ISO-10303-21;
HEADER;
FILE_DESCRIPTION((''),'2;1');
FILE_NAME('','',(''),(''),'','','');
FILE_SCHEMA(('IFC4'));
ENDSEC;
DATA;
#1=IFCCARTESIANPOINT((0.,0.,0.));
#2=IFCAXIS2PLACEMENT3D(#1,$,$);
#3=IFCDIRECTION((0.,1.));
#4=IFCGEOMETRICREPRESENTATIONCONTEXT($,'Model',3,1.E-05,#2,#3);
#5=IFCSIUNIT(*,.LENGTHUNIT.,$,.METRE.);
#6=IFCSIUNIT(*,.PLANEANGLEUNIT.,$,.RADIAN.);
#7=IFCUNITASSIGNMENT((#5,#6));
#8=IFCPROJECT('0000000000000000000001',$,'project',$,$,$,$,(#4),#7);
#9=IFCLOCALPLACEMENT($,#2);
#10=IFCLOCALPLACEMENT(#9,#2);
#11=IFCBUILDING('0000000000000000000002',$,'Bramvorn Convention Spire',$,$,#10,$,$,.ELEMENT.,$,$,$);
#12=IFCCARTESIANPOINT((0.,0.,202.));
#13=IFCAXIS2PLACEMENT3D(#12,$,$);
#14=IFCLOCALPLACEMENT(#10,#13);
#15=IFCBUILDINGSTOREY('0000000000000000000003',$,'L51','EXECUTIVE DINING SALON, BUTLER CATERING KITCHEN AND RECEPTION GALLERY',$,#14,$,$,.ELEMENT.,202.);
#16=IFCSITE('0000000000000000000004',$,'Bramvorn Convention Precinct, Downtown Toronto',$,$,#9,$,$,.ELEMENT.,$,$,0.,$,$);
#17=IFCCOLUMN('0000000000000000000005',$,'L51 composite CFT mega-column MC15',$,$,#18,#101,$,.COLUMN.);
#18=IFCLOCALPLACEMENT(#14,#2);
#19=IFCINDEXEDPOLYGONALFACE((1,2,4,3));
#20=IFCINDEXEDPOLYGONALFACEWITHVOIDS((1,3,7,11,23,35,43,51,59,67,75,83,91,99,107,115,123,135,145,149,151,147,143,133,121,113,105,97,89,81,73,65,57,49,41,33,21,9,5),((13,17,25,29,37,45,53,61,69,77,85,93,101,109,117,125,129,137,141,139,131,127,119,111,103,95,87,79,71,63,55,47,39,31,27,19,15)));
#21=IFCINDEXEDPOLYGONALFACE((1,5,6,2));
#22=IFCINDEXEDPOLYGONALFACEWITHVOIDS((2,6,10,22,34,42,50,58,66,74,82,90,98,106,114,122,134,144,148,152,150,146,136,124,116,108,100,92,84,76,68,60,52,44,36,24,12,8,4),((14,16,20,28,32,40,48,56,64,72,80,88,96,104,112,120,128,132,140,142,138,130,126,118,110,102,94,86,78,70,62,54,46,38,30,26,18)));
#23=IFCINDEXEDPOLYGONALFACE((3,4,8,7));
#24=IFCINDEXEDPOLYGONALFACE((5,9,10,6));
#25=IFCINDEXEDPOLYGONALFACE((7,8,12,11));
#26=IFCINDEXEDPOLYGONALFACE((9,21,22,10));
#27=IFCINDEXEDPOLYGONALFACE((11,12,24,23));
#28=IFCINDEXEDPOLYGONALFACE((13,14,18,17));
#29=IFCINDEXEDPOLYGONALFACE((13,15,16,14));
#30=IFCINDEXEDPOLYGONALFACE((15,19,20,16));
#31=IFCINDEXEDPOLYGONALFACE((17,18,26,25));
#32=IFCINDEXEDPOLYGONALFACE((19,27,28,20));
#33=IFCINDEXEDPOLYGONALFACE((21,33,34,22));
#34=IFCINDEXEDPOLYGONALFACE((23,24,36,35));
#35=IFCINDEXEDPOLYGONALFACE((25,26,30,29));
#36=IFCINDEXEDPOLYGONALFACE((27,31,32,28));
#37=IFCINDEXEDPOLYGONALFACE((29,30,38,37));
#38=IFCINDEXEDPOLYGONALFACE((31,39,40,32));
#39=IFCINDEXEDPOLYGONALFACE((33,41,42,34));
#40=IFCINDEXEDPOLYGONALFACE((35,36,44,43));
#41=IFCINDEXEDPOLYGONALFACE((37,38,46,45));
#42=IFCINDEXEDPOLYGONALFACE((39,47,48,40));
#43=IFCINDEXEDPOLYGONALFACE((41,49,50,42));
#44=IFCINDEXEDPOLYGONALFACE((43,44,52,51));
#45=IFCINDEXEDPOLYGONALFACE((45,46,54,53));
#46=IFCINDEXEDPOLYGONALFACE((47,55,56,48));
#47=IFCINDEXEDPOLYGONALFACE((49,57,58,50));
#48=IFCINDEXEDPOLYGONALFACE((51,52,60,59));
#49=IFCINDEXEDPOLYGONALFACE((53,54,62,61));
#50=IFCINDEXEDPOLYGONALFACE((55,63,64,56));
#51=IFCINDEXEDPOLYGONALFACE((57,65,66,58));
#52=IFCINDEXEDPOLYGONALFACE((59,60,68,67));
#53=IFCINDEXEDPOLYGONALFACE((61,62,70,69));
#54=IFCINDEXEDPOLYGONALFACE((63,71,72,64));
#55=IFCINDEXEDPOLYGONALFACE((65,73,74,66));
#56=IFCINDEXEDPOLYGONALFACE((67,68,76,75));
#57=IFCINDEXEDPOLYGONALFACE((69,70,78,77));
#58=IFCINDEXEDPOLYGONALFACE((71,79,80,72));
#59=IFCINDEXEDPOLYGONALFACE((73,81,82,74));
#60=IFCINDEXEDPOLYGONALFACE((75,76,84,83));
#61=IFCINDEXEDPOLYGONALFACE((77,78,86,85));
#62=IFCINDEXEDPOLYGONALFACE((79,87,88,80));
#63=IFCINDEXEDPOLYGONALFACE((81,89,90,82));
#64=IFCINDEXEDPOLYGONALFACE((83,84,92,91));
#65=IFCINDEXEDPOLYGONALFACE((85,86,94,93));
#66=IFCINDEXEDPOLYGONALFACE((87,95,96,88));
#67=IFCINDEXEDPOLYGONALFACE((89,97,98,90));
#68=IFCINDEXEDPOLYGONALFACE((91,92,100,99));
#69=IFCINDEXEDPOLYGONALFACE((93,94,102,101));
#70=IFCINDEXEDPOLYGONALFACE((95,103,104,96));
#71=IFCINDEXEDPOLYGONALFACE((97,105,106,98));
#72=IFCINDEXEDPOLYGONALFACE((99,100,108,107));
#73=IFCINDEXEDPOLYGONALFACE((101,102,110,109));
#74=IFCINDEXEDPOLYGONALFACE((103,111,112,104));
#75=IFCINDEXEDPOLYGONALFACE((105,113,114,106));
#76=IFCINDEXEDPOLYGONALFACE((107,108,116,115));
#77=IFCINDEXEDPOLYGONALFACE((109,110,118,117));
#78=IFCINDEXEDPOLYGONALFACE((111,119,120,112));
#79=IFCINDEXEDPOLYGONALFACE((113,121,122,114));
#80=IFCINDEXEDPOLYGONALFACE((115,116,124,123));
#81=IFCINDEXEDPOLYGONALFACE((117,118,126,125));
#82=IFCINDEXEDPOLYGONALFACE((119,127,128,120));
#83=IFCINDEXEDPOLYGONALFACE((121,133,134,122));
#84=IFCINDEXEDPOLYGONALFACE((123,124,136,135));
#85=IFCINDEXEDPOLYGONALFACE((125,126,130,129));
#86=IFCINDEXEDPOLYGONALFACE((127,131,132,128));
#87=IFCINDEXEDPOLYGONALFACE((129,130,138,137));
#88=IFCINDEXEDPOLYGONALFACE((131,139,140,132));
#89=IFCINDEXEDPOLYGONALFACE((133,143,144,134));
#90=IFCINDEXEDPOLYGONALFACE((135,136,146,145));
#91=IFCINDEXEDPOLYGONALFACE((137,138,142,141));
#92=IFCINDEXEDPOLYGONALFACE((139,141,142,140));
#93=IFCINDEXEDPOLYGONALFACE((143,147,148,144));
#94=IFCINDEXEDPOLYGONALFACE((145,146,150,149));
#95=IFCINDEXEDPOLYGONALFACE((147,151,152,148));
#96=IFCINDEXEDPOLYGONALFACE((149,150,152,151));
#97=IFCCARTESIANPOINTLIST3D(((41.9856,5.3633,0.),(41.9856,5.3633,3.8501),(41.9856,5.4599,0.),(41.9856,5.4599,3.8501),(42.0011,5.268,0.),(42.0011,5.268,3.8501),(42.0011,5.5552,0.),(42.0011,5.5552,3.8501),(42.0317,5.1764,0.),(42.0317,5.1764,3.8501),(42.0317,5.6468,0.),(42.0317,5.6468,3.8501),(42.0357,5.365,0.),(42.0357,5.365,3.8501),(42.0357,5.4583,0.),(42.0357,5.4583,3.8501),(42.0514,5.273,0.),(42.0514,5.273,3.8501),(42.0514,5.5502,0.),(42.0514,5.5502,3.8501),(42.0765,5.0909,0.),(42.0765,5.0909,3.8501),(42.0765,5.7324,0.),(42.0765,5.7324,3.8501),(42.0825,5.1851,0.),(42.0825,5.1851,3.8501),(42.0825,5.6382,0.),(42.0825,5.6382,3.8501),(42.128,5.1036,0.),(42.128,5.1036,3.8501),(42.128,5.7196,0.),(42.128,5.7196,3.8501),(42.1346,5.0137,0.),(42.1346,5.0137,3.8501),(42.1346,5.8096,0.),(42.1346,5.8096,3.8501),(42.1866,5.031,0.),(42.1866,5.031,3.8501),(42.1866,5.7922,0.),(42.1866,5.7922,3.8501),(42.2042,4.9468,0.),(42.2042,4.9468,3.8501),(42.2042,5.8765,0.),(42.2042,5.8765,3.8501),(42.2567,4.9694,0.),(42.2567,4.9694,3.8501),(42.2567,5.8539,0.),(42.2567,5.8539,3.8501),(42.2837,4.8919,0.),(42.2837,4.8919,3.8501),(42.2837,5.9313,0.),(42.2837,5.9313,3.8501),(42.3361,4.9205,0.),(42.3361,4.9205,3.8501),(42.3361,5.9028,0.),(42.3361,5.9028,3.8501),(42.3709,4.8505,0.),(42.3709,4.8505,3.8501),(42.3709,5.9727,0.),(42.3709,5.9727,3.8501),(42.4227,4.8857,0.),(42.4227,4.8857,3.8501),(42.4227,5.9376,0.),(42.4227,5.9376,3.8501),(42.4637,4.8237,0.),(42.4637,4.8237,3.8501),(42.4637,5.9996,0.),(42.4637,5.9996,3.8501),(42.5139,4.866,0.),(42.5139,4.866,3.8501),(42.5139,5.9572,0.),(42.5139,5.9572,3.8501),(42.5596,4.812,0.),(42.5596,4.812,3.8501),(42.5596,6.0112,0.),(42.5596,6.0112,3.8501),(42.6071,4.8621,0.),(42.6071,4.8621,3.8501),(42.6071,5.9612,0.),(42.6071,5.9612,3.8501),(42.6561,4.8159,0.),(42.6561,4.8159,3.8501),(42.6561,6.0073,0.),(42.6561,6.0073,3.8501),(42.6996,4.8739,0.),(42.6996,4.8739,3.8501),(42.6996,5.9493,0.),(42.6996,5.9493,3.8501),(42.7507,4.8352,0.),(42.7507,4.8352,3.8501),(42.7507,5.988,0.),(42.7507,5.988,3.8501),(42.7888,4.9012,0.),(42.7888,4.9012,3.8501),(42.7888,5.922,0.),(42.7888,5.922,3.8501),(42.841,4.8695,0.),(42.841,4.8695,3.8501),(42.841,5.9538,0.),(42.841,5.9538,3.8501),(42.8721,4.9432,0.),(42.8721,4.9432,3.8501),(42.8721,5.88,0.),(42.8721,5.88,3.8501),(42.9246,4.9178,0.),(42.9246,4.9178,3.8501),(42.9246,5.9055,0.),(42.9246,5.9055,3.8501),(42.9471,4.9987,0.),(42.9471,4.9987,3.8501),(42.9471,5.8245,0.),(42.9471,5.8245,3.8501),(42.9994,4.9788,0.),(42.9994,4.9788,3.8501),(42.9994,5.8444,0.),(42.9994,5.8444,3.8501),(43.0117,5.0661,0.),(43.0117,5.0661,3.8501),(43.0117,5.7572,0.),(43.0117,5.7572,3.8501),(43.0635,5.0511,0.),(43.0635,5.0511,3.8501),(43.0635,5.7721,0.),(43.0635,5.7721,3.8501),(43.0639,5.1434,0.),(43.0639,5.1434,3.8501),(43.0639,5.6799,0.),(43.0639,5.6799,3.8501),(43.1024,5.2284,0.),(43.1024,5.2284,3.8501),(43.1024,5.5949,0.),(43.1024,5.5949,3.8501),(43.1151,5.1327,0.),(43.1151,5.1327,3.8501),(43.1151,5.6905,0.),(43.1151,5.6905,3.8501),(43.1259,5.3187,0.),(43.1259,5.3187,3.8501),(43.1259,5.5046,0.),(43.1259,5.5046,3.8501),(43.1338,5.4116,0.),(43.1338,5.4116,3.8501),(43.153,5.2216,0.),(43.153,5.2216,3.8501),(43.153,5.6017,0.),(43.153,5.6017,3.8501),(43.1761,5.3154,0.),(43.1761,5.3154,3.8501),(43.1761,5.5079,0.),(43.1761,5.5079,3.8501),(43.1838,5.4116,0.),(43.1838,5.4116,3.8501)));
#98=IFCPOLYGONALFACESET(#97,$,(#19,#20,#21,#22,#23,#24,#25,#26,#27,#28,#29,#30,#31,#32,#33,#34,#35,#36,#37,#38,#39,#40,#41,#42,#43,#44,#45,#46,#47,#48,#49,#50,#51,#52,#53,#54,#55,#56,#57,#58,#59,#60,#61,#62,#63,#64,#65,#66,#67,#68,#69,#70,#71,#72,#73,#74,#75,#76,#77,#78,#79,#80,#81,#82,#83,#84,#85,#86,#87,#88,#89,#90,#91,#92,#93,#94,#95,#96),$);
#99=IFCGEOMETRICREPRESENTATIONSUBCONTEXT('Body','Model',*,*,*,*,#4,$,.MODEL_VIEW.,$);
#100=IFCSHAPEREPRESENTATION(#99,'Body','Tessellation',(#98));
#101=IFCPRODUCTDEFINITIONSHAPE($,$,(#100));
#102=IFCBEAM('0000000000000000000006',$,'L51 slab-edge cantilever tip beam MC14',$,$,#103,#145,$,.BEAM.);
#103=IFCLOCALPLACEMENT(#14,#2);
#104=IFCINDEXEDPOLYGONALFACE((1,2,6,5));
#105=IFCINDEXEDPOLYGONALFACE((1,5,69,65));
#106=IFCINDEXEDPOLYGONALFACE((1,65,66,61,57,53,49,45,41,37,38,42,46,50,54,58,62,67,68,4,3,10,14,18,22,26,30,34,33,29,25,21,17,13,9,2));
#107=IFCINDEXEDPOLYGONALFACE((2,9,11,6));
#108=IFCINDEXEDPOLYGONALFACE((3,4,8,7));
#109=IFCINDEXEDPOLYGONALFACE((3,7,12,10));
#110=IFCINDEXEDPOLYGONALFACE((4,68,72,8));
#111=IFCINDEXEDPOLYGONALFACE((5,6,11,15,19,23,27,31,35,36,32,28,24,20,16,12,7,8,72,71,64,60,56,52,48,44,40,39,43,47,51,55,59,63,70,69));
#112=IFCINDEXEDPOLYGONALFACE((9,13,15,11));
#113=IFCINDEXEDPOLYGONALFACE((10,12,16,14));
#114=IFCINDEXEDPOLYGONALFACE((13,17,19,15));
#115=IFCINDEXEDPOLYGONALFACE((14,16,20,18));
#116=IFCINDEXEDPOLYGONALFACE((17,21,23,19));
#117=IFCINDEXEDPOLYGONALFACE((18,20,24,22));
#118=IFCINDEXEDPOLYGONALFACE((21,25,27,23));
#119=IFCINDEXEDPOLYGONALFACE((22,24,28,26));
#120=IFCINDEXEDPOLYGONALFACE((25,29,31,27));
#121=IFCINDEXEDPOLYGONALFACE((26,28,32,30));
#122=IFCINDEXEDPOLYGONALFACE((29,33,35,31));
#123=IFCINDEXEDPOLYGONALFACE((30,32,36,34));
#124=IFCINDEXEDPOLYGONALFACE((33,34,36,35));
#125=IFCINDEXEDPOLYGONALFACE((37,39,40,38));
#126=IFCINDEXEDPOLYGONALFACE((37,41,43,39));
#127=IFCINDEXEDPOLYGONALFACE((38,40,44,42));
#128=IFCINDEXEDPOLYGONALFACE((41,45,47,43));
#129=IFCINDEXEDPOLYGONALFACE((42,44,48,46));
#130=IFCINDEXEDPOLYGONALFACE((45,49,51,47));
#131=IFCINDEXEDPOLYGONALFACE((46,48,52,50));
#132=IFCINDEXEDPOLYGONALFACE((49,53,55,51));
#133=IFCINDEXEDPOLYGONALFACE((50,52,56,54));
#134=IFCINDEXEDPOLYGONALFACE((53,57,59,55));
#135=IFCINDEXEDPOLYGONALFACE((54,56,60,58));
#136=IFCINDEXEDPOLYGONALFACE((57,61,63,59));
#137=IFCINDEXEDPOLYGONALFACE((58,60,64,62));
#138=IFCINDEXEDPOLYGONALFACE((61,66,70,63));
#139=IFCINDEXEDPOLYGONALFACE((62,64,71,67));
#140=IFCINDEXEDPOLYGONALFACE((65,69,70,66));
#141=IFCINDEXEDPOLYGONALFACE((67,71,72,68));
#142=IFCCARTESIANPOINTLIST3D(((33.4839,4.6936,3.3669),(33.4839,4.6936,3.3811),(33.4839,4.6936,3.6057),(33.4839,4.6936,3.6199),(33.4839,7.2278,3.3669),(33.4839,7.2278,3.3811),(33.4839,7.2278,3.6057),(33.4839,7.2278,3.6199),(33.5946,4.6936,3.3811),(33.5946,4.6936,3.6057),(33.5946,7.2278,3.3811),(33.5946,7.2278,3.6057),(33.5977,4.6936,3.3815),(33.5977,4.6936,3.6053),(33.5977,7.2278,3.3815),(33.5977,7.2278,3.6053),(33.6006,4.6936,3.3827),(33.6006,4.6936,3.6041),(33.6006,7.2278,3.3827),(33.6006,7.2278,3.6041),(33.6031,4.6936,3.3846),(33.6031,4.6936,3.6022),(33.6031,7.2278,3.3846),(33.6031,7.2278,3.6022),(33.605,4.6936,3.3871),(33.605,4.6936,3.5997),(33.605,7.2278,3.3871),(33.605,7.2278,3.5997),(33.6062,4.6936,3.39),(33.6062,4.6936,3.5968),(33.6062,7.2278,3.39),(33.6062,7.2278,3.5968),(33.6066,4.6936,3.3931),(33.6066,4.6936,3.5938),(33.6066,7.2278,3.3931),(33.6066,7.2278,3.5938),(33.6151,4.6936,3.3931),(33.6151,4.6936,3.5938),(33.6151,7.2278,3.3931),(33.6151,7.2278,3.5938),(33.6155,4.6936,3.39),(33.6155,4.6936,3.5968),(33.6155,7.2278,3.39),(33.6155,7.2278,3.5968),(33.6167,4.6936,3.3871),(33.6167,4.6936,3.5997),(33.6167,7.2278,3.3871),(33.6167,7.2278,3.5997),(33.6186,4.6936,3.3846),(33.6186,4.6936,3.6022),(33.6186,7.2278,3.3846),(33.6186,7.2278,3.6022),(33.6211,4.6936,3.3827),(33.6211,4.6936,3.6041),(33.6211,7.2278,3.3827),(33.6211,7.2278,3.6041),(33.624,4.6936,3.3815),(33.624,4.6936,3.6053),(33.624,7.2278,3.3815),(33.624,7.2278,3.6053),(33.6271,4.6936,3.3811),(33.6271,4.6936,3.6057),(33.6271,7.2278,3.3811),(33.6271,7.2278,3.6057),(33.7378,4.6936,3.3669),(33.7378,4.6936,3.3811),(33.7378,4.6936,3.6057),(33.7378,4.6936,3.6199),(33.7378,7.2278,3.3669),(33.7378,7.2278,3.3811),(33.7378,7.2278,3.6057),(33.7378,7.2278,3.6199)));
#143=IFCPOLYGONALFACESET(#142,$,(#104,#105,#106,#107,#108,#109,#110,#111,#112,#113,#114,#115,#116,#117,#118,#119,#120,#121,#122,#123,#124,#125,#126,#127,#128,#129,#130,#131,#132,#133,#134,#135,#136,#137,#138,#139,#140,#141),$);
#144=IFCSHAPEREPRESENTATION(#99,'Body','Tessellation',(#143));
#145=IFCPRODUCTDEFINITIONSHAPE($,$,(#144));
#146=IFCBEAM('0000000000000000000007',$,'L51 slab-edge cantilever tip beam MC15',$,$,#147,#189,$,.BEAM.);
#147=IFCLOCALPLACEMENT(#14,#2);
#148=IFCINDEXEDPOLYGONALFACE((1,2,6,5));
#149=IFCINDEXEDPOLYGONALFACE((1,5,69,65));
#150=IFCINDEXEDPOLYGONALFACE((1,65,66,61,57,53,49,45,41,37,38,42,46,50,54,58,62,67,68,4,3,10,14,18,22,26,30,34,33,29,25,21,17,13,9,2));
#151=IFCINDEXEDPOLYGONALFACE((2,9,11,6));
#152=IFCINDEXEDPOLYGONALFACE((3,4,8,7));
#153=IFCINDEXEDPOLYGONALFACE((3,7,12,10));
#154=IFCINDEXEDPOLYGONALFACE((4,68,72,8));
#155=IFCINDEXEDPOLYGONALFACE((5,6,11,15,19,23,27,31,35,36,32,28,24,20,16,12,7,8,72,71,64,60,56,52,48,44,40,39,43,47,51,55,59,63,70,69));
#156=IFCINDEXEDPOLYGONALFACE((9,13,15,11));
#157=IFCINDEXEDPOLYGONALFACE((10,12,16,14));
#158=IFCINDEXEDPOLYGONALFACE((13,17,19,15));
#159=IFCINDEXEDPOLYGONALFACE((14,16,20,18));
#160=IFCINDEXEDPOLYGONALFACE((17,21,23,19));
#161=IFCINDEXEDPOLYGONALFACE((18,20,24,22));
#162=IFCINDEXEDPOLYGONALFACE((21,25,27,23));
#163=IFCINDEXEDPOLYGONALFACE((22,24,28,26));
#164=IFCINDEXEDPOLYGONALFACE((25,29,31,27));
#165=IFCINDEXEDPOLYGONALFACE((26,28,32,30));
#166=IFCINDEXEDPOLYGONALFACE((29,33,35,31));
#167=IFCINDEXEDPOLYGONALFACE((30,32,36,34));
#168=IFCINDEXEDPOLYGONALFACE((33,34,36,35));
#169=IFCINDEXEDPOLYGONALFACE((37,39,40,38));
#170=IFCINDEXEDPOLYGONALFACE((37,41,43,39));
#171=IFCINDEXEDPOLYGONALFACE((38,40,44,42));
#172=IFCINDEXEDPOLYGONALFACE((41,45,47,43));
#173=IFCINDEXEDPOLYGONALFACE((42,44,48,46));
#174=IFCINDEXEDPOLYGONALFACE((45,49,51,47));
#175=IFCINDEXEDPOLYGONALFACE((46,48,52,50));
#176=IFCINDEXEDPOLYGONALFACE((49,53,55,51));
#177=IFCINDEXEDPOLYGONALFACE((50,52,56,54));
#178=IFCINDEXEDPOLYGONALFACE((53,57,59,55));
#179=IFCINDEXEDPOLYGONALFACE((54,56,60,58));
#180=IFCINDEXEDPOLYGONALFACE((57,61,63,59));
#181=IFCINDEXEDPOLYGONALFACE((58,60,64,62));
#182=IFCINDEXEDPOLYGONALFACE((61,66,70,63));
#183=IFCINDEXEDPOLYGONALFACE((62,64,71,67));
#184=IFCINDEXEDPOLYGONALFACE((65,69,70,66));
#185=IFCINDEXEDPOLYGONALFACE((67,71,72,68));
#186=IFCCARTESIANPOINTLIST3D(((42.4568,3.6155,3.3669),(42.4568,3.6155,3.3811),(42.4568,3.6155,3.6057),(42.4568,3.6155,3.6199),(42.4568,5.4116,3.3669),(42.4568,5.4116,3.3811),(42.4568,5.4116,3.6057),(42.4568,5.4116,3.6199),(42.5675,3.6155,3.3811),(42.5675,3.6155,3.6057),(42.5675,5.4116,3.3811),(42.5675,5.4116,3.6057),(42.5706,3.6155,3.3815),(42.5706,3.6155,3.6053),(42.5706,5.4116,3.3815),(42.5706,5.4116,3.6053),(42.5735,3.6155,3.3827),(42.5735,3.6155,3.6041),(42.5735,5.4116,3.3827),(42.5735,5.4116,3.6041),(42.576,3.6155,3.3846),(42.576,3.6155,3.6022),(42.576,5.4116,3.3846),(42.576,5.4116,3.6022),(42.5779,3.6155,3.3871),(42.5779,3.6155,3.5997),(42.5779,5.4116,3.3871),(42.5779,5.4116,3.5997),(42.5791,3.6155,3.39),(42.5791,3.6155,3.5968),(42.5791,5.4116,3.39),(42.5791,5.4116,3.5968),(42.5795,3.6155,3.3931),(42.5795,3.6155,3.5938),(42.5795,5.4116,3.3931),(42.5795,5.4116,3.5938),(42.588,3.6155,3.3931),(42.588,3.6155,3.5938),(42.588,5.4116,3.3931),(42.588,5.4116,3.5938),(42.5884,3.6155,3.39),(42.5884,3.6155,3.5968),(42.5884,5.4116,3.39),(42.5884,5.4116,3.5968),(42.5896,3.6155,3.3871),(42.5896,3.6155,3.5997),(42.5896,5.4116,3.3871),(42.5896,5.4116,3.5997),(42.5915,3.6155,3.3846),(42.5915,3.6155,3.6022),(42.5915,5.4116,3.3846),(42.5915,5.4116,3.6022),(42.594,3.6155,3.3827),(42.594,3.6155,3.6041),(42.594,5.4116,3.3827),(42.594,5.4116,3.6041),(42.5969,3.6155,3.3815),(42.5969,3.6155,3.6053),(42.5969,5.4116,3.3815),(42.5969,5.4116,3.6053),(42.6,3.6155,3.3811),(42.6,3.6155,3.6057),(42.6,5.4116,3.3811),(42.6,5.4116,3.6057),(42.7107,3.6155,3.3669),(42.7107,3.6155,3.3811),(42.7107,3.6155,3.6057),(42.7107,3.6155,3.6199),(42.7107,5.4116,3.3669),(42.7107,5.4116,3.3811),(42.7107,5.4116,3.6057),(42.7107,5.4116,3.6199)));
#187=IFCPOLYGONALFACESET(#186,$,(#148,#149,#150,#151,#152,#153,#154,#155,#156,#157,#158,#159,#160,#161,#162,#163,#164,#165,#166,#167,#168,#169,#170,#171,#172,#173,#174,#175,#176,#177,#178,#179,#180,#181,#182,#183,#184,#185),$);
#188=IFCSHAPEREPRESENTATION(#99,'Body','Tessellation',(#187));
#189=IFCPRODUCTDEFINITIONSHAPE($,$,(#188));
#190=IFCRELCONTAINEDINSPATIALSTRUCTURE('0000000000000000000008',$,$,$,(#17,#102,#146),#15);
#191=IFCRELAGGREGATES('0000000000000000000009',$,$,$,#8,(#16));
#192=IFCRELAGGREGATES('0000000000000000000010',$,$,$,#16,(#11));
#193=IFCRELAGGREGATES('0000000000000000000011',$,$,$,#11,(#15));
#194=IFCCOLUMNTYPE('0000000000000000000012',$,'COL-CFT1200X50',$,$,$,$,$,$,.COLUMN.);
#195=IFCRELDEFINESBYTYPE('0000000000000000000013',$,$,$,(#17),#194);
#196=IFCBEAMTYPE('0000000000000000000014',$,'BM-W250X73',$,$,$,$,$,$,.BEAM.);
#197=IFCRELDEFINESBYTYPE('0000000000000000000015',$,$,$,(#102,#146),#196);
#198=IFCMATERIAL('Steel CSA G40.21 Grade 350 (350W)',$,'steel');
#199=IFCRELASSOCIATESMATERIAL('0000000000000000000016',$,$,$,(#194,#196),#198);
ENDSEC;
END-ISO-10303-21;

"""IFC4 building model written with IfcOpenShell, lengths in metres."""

from ifc_helpers import new_model, si_unit, direction, frame, origin, origin_2d, place, context, subcontext, project, spatial, hollow_circle, i_section, extrude, material, material_profile, profile_set, type_object, element, save


model = new_model("IFC4")

# Units and contexts
model_context = context("Model", 3, precision=1e-05, world=origin(), true_north=direction((0.0, 1.0)))
body_context = subcontext(model_context, "Body", "Model", "MODEL_VIEW")
ifc_project = project(units=[si_unit("LENGTHUNIT", "METRE"), si_unit("PLANEANGLEUNIT", "RADIAN")], contexts=[model_context])

# Site, building, storey
site_placement = place(None, origin())
site = spatial("IfcSite", under=ifc_project, at=site_placement, Name="Bramvorn Convention Precinct, Downtown Toronto", CompositionType="ELEMENT", RefElevation=0.0)
building_placement = place(site_placement, origin())
building = spatial("IfcBuilding", under=site, at=building_placement, Name="Bramvorn Convention Spire", CompositionType="ELEMENT")
storey_placement = place(building_placement, frame((0.0, 0.0, 202.0)))
storey = spatial("IfcBuildingStorey", under=building, at=storey_placement, Name="L51", Description="EXECUTIVE DINING SALON, BUTLER CATERING KITCHEN AND RECEPTION GALLERY", CompositionType="ELEMENT", Elevation=202.0)

# Column
ifc_material_1 = material(Name="Steel CSA G40.21 Grade 350 (350W)", Category="steel")
ifc_material_profile_1 = material_profile(ifc_material_1, hollow_circle(Radius=0.6001, WallThickness=0.05, at=origin_2d()))
ifc_profile_set_1 = profile_set([ifc_material_profile_1], Name="Steel CSA G40.21 Grade 350 (350W) - CFT1200X50")
column_type = type_object("IfcColumnType", Name="COL-CFT1200X50", PredefinedType="COLUMN", material=ifc_profile_set_1)
column_placement = place(storey_placement, frame((42.5837, 5.4116, 0.0), z_axis=(0.0, 0.0, 1.0), x_axis=(1.0, 0.0, 0.0)))
element("IfcColumn", 1, at=column_placement, inside=storey, type_object=column_type, Name="L51 composite CFT mega-column MC15", PredefinedType="COLUMN", context=body_context, shape_type="SweptSolid", body=[
    extrude(hollow_circle(Radius=0.6001, WallThickness=0.05, at=origin_2d()), origin(), (0.0, 0.0, 1.0), 3.8501),
])

# Beams
ifc_material_profile_2 = material_profile(ifc_material_1, i_section(OverallWidth=0.2539, OverallDepth=0.2529, WebThickness=0.0085, FlangeThickness=0.0142, FilletRadius=0.012, at=origin_2d()))
ifc_profile_set_2 = profile_set([ifc_material_profile_2], Name="Steel CSA G40.21 Grade 350 (350W) - W250X73")
beam_type_1 = type_object("IfcBeamType", Name="BM-W250X73", PredefinedType="BEAM", material=ifc_profile_set_2)
beam_1_placement = place(storey_placement, frame((33.6108, 7.2278, 3.4934), z_axis=(0.0, -1.0, 0.0), x_axis=(1.0, 0.0, 0.0)))
element("IfcBeam", 2, at=beam_1_placement, inside=storey, type_object=beam_type_1, Name="L51 slab-edge cantilever tip beam MC14", PredefinedType="BEAM", context=body_context, shape_type="SweptSolid", body=[
    extrude(i_section(OverallWidth=0.2539, OverallDepth=0.2529, WebThickness=0.0085, FlangeThickness=0.0142, FilletRadius=0.012, at=origin_2d()), origin(), (0.0, 0.0, 1.0), 2.5342),
])
beam_2_placement = place(storey_placement, frame((42.5837, 5.4116, 3.4934), z_axis=(0.0, -1.0, 0.0), x_axis=(1.0, 0.0, 0.0)))
element("IfcBeam", 3, at=beam_2_placement, inside=storey, type_object=beam_type_1, Name="L51 slab-edge cantilever tip beam MC15", PredefinedType="BEAM", context=body_context, shape_type="SweptSolid", body=[
    extrude(i_section(OverallWidth=0.2539, OverallDepth=0.2529, WebThickness=0.0085, FlangeThickness=0.0142, FilletRadius=0.012, at=origin_2d()), origin(), (0.0, 0.0, 1.0), 1.7961),
])

save(model, "model.ifc")
